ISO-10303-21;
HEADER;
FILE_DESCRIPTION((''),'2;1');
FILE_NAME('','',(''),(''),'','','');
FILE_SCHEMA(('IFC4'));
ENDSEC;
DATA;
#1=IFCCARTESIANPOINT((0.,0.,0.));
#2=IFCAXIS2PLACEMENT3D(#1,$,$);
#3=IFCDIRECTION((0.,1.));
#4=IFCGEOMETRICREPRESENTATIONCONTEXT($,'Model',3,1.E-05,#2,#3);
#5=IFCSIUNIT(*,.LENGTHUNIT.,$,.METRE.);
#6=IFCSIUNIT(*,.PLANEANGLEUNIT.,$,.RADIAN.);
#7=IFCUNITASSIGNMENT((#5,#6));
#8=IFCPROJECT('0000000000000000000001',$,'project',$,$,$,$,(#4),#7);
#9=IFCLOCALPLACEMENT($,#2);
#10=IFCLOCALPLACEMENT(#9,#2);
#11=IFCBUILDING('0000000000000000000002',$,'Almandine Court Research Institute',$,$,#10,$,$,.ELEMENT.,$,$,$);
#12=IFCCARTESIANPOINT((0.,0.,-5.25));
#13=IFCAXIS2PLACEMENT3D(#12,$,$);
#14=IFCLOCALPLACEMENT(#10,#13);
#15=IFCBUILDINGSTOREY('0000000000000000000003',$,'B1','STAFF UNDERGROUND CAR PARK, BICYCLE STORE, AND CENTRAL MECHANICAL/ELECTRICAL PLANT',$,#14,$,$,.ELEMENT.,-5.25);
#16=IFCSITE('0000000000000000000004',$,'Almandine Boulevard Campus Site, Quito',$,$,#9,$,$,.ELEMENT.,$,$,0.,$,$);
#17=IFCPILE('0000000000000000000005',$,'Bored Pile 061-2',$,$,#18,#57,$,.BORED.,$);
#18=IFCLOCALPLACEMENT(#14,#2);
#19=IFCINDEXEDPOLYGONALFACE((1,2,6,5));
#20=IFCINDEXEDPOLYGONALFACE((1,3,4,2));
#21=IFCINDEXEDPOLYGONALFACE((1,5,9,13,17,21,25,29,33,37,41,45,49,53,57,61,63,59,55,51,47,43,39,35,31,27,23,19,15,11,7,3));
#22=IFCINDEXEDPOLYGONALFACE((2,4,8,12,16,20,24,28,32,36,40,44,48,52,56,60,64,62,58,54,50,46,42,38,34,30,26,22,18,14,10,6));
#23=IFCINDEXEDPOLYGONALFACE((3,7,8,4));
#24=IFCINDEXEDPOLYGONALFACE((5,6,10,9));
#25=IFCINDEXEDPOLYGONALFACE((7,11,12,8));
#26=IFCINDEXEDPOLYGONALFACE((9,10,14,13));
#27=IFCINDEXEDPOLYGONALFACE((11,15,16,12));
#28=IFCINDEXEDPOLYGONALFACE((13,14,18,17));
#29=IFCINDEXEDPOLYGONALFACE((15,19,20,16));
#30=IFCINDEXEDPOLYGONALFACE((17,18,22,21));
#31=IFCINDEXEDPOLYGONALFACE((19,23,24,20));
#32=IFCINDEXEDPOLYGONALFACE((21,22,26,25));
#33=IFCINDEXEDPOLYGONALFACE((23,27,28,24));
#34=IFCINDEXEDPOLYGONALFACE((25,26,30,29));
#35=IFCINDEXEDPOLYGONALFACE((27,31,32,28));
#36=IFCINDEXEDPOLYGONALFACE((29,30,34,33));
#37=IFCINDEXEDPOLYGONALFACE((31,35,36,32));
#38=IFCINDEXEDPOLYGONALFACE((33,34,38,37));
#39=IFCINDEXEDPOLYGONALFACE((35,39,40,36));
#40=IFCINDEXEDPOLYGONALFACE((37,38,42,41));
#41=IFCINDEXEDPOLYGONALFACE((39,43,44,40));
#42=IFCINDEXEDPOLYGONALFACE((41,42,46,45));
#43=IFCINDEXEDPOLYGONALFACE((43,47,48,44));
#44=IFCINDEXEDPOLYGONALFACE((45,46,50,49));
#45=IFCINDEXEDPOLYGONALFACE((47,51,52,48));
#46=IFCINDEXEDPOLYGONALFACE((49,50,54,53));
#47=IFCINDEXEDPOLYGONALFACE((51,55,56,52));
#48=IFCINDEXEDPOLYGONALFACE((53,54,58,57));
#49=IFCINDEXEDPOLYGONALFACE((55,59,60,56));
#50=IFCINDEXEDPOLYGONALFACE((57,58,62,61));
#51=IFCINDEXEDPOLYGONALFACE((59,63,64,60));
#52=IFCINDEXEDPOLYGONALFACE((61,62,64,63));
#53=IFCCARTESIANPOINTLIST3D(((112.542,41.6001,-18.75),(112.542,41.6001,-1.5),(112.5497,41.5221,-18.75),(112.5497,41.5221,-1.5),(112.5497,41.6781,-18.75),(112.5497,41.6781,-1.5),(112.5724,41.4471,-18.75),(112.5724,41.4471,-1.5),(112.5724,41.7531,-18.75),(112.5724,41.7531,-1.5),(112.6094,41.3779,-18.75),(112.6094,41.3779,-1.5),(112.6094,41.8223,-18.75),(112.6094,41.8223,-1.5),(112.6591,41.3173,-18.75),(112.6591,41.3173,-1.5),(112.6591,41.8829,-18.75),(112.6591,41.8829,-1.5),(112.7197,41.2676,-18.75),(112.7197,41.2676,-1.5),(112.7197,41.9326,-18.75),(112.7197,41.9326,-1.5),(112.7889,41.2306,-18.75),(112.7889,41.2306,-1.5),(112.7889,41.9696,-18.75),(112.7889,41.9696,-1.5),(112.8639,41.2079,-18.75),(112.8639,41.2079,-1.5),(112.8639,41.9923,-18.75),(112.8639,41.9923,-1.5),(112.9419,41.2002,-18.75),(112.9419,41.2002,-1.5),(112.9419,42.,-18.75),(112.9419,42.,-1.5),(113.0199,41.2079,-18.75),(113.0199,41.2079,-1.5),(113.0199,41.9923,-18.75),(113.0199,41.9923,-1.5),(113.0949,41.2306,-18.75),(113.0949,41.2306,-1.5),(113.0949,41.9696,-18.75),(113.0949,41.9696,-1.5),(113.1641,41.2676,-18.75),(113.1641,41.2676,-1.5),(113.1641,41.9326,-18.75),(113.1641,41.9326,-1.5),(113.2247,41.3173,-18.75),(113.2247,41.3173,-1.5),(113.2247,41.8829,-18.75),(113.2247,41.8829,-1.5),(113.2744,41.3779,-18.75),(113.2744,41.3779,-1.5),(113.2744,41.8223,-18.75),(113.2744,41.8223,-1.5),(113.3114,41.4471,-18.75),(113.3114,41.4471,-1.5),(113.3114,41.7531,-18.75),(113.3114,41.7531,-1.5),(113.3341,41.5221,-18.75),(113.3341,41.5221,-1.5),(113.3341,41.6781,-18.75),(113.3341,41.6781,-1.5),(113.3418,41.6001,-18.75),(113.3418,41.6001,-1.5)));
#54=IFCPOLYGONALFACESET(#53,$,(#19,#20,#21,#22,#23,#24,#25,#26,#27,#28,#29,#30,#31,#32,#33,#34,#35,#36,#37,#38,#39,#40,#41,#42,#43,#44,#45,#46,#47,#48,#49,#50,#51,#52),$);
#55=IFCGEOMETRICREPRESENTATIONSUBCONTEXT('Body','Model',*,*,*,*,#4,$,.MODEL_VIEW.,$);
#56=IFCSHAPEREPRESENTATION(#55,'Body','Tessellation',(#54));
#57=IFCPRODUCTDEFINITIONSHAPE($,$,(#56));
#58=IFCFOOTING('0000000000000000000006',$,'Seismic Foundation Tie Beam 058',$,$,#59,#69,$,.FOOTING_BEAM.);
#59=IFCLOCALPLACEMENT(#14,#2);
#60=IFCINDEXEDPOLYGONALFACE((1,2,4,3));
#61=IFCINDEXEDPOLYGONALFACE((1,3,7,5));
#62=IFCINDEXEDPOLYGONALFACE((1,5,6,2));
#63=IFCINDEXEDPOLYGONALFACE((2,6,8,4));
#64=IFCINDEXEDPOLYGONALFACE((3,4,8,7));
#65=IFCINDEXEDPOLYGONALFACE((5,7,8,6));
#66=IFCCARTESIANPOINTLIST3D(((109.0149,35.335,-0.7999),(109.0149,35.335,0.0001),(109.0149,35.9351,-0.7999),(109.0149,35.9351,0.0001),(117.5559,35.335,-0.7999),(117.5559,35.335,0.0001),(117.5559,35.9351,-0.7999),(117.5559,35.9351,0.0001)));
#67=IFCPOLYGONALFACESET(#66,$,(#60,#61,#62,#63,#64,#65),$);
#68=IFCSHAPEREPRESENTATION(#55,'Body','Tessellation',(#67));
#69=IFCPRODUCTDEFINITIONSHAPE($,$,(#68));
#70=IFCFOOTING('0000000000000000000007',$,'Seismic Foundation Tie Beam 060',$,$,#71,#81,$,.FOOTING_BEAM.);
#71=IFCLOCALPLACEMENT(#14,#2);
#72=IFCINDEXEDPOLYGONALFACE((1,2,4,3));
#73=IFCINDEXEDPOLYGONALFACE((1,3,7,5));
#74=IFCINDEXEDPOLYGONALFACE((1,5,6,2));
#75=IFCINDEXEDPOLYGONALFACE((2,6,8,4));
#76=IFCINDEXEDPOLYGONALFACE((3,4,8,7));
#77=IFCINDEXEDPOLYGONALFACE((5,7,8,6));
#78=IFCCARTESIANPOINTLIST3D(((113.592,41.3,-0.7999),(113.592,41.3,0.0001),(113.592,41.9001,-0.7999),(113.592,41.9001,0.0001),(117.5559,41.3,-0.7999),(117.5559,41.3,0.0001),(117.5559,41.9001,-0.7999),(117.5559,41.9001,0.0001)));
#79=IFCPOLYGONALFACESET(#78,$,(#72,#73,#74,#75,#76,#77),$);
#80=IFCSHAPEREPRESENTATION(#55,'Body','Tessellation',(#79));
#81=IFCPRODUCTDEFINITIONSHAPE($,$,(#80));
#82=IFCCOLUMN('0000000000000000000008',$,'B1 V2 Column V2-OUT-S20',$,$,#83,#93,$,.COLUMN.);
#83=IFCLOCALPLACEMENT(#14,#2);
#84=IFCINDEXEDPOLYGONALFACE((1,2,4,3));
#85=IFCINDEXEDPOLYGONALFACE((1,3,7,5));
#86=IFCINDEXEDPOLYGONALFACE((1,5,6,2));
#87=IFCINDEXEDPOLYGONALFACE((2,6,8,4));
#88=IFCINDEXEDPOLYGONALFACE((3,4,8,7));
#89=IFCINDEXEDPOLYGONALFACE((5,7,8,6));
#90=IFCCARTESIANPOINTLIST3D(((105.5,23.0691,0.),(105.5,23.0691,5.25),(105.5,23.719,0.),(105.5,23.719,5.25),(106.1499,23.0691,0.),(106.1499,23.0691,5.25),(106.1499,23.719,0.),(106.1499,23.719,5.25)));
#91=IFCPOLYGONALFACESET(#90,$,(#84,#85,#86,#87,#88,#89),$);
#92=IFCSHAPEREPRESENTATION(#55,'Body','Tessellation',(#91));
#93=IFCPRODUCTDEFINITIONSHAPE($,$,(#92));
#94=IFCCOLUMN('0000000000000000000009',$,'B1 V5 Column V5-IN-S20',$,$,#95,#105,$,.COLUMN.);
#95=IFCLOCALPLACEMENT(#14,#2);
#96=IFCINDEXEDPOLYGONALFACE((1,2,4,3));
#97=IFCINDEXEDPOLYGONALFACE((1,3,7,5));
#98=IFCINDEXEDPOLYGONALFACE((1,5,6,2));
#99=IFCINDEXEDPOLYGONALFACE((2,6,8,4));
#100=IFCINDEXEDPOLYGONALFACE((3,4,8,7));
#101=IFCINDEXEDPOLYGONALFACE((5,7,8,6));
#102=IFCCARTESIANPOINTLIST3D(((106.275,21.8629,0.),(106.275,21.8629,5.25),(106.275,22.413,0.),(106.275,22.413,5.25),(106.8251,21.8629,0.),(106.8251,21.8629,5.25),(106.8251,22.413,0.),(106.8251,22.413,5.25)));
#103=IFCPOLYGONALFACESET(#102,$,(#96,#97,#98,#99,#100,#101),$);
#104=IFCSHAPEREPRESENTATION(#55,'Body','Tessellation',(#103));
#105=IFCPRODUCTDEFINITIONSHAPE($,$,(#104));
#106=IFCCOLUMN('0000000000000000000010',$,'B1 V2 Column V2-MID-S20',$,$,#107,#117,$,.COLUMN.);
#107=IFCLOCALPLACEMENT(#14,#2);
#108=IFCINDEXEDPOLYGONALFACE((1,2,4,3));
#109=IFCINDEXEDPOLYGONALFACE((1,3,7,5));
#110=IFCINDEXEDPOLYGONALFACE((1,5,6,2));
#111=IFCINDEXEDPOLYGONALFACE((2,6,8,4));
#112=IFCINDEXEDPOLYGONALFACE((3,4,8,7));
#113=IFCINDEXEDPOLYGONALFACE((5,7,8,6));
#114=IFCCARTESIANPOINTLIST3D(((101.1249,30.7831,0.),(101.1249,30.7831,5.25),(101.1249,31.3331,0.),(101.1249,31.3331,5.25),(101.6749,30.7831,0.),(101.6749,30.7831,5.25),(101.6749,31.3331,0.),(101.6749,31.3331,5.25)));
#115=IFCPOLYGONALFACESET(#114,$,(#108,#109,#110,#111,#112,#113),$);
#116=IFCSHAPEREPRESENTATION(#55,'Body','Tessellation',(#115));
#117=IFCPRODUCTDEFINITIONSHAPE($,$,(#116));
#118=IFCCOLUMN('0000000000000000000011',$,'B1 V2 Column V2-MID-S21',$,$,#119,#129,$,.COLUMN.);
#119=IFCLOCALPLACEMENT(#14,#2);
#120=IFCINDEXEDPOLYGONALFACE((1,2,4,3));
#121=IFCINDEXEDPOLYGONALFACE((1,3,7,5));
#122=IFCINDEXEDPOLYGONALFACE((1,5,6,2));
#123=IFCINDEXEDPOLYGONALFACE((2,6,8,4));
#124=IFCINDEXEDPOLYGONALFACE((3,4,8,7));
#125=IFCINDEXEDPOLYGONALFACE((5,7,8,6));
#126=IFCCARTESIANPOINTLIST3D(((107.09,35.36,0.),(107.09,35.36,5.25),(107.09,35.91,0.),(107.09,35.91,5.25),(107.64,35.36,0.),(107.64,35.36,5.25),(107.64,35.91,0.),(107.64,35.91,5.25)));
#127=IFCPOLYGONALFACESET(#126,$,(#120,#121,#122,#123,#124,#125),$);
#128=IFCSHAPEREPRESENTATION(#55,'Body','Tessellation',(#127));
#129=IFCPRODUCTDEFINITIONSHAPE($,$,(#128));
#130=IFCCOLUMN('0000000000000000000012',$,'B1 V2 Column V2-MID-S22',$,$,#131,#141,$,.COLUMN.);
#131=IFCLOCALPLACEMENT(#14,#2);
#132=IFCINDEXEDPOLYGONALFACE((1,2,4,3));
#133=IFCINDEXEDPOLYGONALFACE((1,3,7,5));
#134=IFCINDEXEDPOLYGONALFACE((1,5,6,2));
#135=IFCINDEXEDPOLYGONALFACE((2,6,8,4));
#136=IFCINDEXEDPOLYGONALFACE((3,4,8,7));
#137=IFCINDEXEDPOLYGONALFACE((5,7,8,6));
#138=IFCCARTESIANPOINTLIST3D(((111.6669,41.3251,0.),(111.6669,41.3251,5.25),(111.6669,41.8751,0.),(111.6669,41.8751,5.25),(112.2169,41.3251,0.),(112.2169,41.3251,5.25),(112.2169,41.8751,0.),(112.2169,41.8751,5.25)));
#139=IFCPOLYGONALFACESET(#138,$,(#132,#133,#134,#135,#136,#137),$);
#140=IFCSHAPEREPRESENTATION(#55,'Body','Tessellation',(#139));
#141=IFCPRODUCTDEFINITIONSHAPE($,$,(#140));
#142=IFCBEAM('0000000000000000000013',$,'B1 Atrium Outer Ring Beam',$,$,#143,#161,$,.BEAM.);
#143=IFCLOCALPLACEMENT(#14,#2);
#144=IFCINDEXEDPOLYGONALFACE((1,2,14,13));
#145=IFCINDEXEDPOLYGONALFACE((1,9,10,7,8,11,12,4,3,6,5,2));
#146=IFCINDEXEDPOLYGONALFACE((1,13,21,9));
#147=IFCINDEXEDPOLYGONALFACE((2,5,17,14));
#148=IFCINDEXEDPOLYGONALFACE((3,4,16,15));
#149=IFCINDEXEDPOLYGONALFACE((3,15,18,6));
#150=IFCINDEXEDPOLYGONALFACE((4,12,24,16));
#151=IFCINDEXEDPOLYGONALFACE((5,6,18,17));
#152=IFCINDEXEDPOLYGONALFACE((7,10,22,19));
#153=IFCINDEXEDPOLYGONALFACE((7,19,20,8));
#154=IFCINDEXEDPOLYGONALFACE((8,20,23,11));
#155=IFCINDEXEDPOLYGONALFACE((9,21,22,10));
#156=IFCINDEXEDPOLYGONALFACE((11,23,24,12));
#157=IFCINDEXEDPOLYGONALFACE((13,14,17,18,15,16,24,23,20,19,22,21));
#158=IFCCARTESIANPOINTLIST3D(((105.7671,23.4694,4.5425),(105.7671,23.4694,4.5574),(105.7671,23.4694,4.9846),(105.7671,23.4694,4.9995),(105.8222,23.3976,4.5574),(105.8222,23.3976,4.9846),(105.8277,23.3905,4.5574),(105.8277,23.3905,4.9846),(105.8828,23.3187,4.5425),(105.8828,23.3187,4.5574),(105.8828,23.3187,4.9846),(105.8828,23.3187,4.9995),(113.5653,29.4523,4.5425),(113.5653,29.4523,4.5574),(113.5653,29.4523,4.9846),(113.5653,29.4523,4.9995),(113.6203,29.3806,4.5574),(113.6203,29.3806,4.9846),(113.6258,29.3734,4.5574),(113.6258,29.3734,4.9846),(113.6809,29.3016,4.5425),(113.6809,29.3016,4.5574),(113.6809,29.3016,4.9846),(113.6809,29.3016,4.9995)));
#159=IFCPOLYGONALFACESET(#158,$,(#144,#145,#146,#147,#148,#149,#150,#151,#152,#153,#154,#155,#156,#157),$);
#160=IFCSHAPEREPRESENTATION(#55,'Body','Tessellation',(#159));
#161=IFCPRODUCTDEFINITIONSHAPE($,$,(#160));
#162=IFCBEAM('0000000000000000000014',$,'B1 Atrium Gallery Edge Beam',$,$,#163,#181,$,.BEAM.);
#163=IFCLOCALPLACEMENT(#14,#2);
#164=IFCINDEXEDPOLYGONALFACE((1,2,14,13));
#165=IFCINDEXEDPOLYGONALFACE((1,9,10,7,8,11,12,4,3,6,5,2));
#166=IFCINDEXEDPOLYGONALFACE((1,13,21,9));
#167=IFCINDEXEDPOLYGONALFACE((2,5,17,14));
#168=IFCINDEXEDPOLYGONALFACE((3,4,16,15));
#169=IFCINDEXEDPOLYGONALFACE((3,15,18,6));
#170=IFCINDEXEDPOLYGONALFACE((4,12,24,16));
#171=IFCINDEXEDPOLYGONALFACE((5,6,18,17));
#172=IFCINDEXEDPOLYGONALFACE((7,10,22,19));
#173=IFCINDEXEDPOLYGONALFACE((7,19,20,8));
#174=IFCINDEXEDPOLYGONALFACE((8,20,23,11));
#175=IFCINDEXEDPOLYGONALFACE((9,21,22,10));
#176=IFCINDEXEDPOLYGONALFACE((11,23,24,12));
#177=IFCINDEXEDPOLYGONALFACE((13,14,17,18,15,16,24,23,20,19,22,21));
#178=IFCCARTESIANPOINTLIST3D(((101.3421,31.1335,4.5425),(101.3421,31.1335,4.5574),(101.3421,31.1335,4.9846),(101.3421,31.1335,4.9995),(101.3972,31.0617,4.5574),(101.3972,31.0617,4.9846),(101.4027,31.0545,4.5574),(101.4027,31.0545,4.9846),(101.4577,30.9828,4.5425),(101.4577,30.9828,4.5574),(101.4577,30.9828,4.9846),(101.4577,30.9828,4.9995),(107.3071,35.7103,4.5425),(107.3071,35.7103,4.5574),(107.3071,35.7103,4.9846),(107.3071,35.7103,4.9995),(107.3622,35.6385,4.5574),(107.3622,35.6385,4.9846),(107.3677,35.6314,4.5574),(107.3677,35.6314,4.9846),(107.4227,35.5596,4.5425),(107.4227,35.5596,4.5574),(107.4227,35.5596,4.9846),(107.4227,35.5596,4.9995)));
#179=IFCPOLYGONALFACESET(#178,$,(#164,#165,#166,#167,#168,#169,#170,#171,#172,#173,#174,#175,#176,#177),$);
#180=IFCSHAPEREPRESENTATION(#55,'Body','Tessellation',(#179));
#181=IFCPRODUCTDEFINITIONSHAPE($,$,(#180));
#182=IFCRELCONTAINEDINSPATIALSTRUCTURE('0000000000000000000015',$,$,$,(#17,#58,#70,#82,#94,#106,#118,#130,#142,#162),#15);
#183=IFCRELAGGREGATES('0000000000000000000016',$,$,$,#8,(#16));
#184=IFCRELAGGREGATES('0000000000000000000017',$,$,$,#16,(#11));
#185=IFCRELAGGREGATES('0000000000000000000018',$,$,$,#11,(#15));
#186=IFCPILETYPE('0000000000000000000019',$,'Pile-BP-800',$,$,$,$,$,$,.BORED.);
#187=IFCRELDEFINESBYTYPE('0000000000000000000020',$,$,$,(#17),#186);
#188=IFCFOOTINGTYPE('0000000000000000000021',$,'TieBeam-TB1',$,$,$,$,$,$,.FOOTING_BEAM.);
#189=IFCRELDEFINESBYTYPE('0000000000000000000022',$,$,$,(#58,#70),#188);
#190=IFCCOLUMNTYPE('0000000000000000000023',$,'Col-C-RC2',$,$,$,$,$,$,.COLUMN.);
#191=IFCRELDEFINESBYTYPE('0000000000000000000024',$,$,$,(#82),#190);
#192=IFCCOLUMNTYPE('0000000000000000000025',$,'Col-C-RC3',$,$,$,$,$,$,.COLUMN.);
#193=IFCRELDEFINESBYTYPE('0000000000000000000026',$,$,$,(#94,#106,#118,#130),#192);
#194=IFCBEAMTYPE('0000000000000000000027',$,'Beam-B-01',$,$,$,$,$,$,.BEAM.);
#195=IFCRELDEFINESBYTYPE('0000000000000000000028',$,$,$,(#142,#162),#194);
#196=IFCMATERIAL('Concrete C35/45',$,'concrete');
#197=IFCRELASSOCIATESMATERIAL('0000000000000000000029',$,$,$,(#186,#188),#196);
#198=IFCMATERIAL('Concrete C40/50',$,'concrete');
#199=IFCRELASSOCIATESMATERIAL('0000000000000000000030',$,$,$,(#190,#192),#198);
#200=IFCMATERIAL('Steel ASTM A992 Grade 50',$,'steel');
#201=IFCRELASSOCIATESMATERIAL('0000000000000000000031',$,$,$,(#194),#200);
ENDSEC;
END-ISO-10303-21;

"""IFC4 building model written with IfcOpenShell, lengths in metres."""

from ifc_helpers import new_model, si_unit, direction, frame, origin, origin_2d, place, context, subcontext, project, spatial, rectangle, circle, i_section, extrude, material, material_profile, profile_set, type_object, element, save


model = new_model("IFC4")

# Units and contexts
model_context = context("Model", 3, precision=1e-05, world=origin(), true_north=direction((0.0, 1.0)))
body_context = subcontext(model_context, "Body", "Model", "MODEL_VIEW")
ifc_project = project(units=[si_unit("LENGTHUNIT", "METRE"), si_unit("PLANEANGLEUNIT", "RADIAN")], contexts=[model_context])

# Site, building, storey
site_placement = place(None, origin())
site = spatial("IfcSite", under=ifc_project, at=site_placement, Name="Almandine Boulevard Campus Site, Quito", CompositionType="ELEMENT", RefElevation=0.0)
building_placement = place(site_placement, origin())
building = spatial("IfcBuilding", under=site, at=building_placement, Name="Almandine Court Research Institute", CompositionType="ELEMENT")
storey_placement = place(building_placement, frame((0.0, 0.0, -5.25)))
storey = spatial("IfcBuildingStorey", under=building, at=storey_placement, Name="B1", Description="STAFF UNDERGROUND CAR PARK, BICYCLE STORE, AND CENTRAL MECHANICAL/ELECTRICAL PLANT", CompositionType="ELEMENT", Elevation=-5.25)

# Shared definitions
ifc_material_1 = material(Name="Concrete C35/45", Category="concrete")

# Pile
ifc_material_profile_1 = material_profile(ifc_material_1, circle(Radius=0.3999, at=origin_2d()), Name="BORED PILE D800")
ifc_profile_set_1 = profile_set([ifc_material_profile_1], Name="Concrete C35/45")
pile_type_1 = type_object("IfcPileType", Name="Pile-BP-800", PredefinedType="BORED", material=ifc_profile_set_1)
for number, where, z_axis, x_axis, name in (
    (1, (112.9419, 41.6001, -1.5), (0.0, 0.0, -1.0), (1.0, 0.0, 0.0), "Bored Pile 061-2"),
):
    element("IfcPile", number, at=place(storey_placement, frame(where, z_axis=z_axis, x_axis=x_axis)), inside=storey, type_object=pile_type_1, Name=name, PredefinedType="BORED", context=body_context, shape_type="SweptSolid", body=[
        extrude(circle(Radius=0.3999, at=origin_2d()), origin(), (0.0, 0.0, 1.0), 17.25),
    ])

# Footings
ifc_material_profile_2 = material_profile(ifc_material_1, rectangle(XDim=0.6001, YDim=0.8, at=origin_2d()), Name="RC TIE 600x800")
ifc_profile_set_2 = profile_set([ifc_material_profile_2], Name="Concrete C35/45")
footing_type_1 = type_object("IfcFootingType", Name="TieBeam-TB1", PredefinedType="FOOTING_BEAM", material=ifc_profile_set_2)
footing_1_placement = place(storey_placement, frame((109.0149, 35.635, -0.3999), z_axis=(1.0, 0.0, 0.0), x_axis=(0.0, 1.0, 0.0)))
element("IfcFooting", 2, at=footing_1_placement, inside=storey, type_object=footing_type_1, Name="Seismic Foundation Tie Beam 058", PredefinedType="FOOTING_BEAM", context=body_context, shape_type="SweptSolid", body=[
    extrude(rectangle(XDim=0.6001, YDim=0.8, at=origin_2d()), origin(), (0.0, 0.0, 1.0), 8.541),
])
footing_2_placement = place(storey_placement, frame((113.592, 41.6001, -0.3999), z_axis=(1.0, 0.0, 0.0), x_axis=(0.0, 1.0, 0.0)))
element("IfcFooting", 3, at=footing_2_placement, inside=storey, type_object=footing_type_1, Name="Seismic Foundation Tie Beam 060", PredefinedType="FOOTING_BEAM", context=body_context, shape_type="SweptSolid", body=[
    extrude(rectangle(XDim=0.6001, YDim=0.8, at=origin_2d()), origin(), (0.0, 0.0, 1.0), 3.9639),
])

# Columns
ifc_material_2 = material(Name="Concrete C40/50", Category="concrete")
ifc_material_profile_3 = material_profile(ifc_material_2, rectangle(XDim=0.6499, YDim=0.6499, at=origin_2d()), Name="RC 650x650")
ifc_profile_set_3 = profile_set([ifc_material_profile_3], Name="Concrete C40/50")
column_type_1 = type_object("IfcColumnType", Name="Col-C-RC2", PredefinedType="COLUMN", material=ifc_profile_set_3)
column_placement = place(storey_placement, frame((105.825, 23.394, 0.0), z_axis=(0.0, 0.0, 1.0), x_axis=(1.0, 0.0, 0.0)))
element("IfcColumn", 4, at=column_placement, inside=storey, type_object=column_type_1, Name="B1 V2 Column V2-OUT-S20", PredefinedType="COLUMN", context=body_context, shape_type="SweptSolid", body=[
    extrude(rectangle(XDim=0.6499, YDim=0.6499, at=origin_2d()), origin(), (0.0, 0.0, 1.0), 5.25),
])
ifc_material_profile_4 = material_profile(ifc_material_2, rectangle(XDim=0.55, YDim=0.55, at=origin_2d()), Name="RC 550x550")
ifc_profile_set_4 = profile_set([ifc_material_profile_4], Name="Concrete C40/50")
column_type_2 = type_object("IfcColumnType", Name="Col-C-RC3", PredefinedType="COLUMN", material=ifc_profile_set_4)
for number, where, z_axis, x_axis, name in (
    (5, (106.55, 22.1379, 0.0), (0.0, 0.0, 1.0), (1.0, 0.0, 0.0), "B1 V5 Column V5-IN-S20"),
    (6, (101.3999, 31.0581, 0.0), (0.0, 0.0, 1.0), (1.0, 0.0, 0.0), "B1 V2 Column V2-MID-S20"),
    (7, (107.365, 35.635, 0.0), (0.0, 0.0, 1.0), (1.0, 0.0, 0.0), "B1 V2 Column V2-MID-S21"),
    (8, (111.9419, 41.6001, 0.0), (0.0, 0.0, 1.0), (1.0, 0.0, 0.0), "B1 V2 Column V2-MID-S22"),
):
    element("IfcColumn", number, at=place(storey_placement, frame(where, z_axis=z_axis, x_axis=x_axis)), inside=storey, type_object=column_type_2, Name=name, PredefinedType="COLUMN", context=body_context, shape_type="SweptSolid", body=[
        extrude(rectangle(XDim=0.55, YDim=0.55, at=origin_2d()), origin(), (0.0, 0.0, 1.0), 5.25),
    ])

# Beams
ifc_material_3 = material(Name="Steel ASTM A992 Grade 50", Category="steel")
ifc_material_profile_5 = material_profile(ifc_material_3, i_section(OverallWidth=0.1899, OverallDepth=0.457, WebThickness=0.009, FlangeThickness=0.0149, at=origin_2d()), Name="W460x74")
ifc_profile_set_5 = profile_set([ifc_material_profile_5], Name="Steel ASTM A992 Grade 50")
beam_type_1 = type_object("IfcBeamType", Name="Beam-B-01", PredefinedType="BEAM", material=ifc_profile_set_5)
beam_1_placement = place(storey_placement, frame((105.825, 23.394, 4.771), z_axis=(0.793392, 0.608712, 0.0), x_axis=(-0.608712, 0.793392, 0.0)))
element("IfcBeam", 9, at=beam_1_placement, inside=storey, type_object=beam_type_1, Name="B1 Atrium Outer Ring Beam", PredefinedType="BEAM", context=body_context, shape_type="SweptSolid", body=[
    extrude(i_section(OverallWidth=0.1899, OverallDepth=0.457, WebThickness=0.009, FlangeThickness=0.0149, at=origin_2d()), origin(), (0.0, 0.0, 1.0), 9.8289),
])
for number, where, z_axis, x_axis, name in (
    (10, (101.3999, 31.0581, 4.771), (0.793371, 0.608739, 0.0), (-0.608739, 0.793371, 0.0), "B1 Atrium Gallery Edge Beam"),
):
    element("IfcBeam", number, at=place(storey_placement, frame(where, z_axis=z_axis, x_axis=x_axis)), inside=storey, type_object=beam_type_1, Name=name, PredefinedType="BEAM", context=body_context, shape_type="SweptSolid", body=[
        extrude(i_section(OverallWidth=0.1899, OverallDepth=0.457, WebThickness=0.009, FlangeThickness=0.0149, at=origin_2d()), origin(), (0.0, 0.0, 1.0), 7.5186),
    ])

save(model, "model.ifc")
